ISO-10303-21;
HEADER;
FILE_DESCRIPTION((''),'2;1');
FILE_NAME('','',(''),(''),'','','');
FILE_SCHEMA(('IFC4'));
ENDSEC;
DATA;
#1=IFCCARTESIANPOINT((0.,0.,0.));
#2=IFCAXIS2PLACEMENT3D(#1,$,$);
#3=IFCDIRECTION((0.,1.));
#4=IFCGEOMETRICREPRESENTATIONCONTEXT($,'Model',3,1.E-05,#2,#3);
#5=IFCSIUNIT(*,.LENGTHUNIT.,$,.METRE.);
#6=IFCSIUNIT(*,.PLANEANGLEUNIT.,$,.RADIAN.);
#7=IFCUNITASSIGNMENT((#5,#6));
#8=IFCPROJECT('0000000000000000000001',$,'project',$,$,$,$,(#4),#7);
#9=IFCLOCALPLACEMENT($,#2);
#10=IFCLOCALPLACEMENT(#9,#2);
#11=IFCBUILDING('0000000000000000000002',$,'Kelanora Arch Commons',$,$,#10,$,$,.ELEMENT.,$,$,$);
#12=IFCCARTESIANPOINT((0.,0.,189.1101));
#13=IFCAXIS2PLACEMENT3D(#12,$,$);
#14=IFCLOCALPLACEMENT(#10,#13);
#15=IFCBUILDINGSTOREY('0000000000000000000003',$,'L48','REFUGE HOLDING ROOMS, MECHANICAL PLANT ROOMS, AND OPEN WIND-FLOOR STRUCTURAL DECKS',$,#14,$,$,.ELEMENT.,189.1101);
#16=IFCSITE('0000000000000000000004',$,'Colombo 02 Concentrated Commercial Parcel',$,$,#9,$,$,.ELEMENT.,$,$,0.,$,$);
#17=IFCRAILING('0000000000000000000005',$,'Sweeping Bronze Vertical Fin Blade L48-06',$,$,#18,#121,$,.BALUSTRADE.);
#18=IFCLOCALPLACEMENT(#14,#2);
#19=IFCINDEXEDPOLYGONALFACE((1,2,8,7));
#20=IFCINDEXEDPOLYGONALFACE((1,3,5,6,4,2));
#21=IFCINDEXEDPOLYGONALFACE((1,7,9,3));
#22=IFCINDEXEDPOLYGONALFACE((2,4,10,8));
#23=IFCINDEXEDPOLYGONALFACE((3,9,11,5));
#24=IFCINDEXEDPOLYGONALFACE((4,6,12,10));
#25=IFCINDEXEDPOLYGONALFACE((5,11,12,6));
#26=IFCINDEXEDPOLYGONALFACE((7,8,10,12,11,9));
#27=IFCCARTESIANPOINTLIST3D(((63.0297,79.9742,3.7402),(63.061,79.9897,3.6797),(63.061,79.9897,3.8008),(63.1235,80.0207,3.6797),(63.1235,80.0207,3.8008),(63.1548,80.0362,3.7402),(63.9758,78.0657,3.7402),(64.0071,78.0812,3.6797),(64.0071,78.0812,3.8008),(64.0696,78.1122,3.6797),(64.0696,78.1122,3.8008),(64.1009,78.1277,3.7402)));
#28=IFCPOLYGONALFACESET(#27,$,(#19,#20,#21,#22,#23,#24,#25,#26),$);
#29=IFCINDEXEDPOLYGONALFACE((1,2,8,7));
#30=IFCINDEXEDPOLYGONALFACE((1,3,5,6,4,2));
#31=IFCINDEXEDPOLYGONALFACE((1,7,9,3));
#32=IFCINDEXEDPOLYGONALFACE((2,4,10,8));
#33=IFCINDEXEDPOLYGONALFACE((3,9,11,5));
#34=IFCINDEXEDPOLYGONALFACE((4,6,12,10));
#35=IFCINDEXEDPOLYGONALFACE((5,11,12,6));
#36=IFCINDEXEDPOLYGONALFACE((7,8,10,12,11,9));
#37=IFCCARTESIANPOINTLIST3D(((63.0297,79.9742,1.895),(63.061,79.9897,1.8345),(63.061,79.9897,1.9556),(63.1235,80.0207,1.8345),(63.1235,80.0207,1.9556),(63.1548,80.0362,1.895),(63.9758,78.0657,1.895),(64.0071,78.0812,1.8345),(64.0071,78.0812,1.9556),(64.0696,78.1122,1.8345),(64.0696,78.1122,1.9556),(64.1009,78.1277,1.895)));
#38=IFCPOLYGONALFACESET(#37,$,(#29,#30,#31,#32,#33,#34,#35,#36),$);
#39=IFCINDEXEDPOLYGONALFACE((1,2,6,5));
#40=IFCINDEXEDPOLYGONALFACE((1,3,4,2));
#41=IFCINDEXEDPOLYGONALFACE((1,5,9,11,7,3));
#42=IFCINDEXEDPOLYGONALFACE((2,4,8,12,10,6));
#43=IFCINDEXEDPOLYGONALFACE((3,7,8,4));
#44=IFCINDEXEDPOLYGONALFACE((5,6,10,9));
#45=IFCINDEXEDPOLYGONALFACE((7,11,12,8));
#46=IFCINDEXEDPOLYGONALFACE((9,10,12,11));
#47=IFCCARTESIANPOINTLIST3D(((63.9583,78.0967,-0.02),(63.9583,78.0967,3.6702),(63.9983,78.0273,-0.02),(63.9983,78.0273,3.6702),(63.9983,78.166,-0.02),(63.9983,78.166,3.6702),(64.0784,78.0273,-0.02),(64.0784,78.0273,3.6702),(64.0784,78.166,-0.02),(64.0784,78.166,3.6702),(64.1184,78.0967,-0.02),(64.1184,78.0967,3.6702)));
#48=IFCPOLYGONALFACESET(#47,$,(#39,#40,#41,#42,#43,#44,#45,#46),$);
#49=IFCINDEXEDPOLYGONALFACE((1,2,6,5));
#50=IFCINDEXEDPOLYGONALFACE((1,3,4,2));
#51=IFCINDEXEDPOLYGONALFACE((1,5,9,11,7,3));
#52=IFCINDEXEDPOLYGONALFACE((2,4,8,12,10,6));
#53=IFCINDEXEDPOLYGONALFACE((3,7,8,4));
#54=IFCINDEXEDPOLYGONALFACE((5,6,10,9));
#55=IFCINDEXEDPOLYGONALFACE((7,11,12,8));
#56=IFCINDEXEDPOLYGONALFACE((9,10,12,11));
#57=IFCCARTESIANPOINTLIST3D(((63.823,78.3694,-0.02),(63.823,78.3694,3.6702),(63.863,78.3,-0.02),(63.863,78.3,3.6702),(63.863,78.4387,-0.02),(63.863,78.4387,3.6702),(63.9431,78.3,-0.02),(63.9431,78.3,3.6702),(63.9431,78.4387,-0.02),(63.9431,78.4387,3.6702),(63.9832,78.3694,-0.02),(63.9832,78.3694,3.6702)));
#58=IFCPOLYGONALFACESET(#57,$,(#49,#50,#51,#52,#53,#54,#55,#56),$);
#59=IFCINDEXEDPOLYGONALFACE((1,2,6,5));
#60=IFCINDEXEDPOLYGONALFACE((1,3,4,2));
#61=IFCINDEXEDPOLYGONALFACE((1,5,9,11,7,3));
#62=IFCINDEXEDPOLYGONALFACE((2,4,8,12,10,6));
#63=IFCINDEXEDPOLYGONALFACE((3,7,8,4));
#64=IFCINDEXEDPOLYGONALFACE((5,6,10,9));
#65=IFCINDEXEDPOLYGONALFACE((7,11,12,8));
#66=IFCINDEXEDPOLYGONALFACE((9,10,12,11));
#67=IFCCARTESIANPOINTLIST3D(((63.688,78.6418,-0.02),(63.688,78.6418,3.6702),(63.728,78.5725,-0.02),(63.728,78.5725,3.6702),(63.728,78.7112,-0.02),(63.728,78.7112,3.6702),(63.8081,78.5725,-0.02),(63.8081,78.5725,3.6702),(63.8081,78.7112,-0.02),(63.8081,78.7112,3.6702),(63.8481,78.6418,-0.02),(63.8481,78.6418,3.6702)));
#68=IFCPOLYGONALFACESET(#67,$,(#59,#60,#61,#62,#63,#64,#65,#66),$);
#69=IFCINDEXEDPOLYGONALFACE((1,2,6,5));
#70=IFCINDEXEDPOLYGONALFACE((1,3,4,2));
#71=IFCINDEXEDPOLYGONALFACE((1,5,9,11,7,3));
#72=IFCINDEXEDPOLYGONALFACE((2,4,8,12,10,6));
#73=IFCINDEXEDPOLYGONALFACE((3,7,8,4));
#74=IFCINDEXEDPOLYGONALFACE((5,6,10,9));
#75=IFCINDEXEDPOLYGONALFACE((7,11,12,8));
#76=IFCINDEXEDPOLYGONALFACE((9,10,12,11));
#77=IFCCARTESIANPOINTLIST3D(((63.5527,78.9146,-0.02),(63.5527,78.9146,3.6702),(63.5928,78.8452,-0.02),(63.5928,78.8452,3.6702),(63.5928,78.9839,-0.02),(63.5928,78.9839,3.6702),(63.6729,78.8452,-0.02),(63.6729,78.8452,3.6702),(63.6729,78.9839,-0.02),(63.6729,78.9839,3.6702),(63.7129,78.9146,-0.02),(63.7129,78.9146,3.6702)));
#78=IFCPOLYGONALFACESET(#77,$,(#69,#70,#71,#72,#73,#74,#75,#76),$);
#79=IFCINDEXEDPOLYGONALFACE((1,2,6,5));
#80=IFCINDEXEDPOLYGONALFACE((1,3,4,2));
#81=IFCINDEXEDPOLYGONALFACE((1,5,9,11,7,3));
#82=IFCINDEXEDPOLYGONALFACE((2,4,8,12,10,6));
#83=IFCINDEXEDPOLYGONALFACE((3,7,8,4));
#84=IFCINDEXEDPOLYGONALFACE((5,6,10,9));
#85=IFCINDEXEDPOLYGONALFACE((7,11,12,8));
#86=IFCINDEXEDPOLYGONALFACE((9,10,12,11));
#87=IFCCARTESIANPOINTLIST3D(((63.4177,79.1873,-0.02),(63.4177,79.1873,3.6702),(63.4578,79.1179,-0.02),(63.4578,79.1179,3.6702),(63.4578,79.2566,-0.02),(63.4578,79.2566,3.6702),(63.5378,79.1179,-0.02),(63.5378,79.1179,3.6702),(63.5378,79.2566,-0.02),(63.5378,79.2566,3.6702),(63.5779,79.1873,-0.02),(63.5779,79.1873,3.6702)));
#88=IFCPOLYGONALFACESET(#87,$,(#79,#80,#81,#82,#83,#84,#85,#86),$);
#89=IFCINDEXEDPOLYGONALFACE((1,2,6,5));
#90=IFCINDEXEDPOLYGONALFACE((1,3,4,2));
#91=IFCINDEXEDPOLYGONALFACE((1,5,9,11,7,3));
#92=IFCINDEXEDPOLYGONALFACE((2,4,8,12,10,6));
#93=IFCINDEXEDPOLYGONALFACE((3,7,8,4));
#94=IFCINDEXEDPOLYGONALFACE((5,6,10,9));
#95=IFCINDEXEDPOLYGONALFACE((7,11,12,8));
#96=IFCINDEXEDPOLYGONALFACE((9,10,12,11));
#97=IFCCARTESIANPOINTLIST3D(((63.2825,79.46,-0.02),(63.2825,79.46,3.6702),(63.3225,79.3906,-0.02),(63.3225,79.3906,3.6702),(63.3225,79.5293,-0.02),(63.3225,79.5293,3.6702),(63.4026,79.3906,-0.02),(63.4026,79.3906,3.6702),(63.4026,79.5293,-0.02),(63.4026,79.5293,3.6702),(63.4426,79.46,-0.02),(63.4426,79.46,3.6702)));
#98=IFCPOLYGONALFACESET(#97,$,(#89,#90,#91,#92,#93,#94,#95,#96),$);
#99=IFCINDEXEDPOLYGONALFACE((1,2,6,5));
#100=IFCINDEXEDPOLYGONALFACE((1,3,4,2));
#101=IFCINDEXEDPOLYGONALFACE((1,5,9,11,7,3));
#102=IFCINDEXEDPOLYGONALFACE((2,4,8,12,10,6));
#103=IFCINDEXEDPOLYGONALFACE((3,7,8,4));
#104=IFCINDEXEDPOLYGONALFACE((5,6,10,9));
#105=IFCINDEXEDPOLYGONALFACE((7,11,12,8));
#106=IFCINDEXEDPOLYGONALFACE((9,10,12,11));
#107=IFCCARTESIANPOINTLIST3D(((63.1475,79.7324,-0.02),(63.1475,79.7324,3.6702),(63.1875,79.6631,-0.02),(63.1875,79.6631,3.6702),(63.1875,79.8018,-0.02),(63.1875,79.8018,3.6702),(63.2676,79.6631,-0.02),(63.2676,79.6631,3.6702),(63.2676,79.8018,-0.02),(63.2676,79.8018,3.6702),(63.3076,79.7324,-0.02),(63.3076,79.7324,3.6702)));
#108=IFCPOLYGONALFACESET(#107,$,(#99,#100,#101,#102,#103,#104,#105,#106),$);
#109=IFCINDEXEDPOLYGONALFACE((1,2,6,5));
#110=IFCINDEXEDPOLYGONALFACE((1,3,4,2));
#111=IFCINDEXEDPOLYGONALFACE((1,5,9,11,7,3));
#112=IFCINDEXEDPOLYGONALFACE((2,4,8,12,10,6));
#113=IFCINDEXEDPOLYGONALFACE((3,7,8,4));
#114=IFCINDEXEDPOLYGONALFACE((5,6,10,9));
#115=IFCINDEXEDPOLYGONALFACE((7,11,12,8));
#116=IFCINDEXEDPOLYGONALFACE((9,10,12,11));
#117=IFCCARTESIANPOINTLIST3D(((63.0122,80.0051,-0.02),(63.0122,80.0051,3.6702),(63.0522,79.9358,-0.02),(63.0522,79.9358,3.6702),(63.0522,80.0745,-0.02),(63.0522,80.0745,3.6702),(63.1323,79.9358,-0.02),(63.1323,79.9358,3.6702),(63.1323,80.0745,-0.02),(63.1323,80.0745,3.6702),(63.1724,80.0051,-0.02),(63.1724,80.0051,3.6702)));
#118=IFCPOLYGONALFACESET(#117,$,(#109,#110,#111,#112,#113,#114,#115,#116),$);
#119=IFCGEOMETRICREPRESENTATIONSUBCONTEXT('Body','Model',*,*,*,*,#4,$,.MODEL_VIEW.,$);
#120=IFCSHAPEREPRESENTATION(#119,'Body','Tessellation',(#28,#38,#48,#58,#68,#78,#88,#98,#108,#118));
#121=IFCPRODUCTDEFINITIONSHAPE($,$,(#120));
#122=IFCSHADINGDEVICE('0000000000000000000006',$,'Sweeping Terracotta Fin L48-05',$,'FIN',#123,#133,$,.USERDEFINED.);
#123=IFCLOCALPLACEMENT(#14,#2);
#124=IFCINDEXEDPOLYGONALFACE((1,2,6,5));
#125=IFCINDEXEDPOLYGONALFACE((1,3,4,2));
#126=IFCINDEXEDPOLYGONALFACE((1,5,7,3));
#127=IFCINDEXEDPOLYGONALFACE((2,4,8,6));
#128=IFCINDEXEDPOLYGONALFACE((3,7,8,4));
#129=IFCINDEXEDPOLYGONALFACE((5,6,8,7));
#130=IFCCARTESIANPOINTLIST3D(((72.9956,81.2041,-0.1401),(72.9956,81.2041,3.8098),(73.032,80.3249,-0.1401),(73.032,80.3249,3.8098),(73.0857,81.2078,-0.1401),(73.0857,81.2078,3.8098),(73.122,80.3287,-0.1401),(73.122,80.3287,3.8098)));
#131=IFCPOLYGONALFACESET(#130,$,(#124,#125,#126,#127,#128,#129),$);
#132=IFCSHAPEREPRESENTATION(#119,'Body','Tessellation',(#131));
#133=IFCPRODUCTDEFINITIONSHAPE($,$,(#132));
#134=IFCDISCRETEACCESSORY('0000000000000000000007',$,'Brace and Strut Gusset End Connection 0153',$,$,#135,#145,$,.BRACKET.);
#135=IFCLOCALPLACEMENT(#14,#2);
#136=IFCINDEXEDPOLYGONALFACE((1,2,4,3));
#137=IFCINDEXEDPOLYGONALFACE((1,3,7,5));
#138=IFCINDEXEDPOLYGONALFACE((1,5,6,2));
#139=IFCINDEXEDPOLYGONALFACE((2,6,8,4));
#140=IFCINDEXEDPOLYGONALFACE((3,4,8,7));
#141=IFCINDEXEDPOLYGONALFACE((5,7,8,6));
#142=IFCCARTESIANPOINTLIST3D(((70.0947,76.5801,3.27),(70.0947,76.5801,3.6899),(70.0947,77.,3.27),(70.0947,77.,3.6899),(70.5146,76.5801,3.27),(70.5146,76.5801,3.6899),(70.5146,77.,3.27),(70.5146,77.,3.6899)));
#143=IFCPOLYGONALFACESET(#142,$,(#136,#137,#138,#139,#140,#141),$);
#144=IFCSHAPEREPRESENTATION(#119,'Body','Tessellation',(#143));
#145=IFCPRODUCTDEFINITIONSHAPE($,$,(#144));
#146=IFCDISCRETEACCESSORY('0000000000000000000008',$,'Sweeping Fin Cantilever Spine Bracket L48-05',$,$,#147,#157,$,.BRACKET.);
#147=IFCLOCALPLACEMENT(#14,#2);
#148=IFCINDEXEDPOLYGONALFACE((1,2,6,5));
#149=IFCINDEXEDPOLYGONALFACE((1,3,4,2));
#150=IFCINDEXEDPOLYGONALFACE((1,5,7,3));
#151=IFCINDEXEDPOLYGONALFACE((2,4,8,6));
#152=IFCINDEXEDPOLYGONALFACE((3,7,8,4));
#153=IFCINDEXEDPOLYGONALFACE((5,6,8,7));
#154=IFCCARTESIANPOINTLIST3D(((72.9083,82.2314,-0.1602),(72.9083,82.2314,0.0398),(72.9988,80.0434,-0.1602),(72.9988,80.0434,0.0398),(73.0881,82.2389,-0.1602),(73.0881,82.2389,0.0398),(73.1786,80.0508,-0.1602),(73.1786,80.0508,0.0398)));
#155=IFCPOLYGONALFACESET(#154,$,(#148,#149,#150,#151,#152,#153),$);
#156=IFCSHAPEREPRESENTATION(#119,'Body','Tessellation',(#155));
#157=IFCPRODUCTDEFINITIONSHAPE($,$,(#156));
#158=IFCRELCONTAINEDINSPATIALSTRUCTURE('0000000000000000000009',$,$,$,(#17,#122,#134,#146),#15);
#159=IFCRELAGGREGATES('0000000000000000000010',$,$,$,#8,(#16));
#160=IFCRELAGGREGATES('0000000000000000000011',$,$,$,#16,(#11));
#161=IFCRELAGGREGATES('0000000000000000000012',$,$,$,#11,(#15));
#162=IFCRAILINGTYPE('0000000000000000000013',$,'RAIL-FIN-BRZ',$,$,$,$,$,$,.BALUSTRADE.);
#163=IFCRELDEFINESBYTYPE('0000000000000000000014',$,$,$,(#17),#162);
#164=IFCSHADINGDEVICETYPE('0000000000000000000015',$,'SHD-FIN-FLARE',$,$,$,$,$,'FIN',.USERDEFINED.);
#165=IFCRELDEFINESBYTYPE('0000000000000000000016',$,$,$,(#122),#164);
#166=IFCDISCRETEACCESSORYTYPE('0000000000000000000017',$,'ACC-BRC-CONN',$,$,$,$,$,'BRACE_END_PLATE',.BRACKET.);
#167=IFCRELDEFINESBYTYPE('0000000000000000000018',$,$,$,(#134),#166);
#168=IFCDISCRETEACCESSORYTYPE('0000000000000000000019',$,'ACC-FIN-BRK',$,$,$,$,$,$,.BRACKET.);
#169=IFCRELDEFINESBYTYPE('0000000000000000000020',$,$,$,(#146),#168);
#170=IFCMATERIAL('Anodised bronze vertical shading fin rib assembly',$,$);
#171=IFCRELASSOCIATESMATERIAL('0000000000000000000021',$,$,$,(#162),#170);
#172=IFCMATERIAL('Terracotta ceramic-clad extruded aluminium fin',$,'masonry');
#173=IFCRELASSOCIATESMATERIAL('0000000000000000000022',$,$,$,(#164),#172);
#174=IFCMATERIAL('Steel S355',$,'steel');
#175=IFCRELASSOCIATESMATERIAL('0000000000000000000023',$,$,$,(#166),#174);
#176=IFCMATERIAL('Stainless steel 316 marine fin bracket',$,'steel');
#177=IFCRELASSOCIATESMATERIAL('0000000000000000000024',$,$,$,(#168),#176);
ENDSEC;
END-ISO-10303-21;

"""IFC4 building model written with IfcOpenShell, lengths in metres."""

from ifc_helpers import new_model, si_unit, direction, frame, origin, origin_2d, place, context, subcontext, project, spatial, polyline, rectangle, outline, extrude, source, transform, mapped, material, type_object, element, save


model = new_model("IFC4")

# Units and contexts
model_context = context("Model", 3, precision=1e-05, world=origin(), true_north=direction((0.0, 1.0)))
body_context = subcontext(model_context, "Body", "Model", "MODEL_VIEW")
ifc_project = project(units=[si_unit("LENGTHUNIT", "METRE"), si_unit("PLANEANGLEUNIT", "RADIAN")], contexts=[model_context])

# Site, building, storey
site_placement = place(None, origin())
site = spatial("IfcSite", under=ifc_project, at=site_placement, Name="Colombo 02 Concentrated Commercial Parcel", CompositionType="ELEMENT", RefElevation=0.0)
building_placement = place(site_placement, origin())
building = spatial("IfcBuilding", under=site, at=building_placement, Name="Kelanora Arch Commons", CompositionType="ELEMENT")
storey_placement = place(building_placement, frame((0.0, 0.0, 189.1101)))
storey = spatial("IfcBuildingStorey", under=building, at=storey_placement, Name="L48", Description="REFUGE HOLDING ROOMS, MECHANICAL PLANT ROOMS, AND OPEN WIND-FLOOR STRUCTURAL DECKS", CompositionType="ELEMENT", Elevation=189.1101)

# Shared definitions
ifc_material_1 = material(Name="Steel S355", Category="steel")

# Railing
ifc_material_2 = material(Name="Anodised bronze vertical shading fin rib assembly")
railing_type = type_object("IfcRailingType", Name="RAIL-FIN-BRZ", PredefinedType="BALUSTRADE", material=ifc_material_2)
railing_1_placement = place(storey_placement, frame((64.0383, 78.0967, -0.02)))
element("IfcRailing", 1, at=railing_1_placement, inside=storey, type_object=railing_type, Name="Sweeping Bronze Vertical Fin Blade L48-06", PredefinedType="BALUSTRADE", context=body_context, shape_type="SweptSolid", body=[
    extrude(outline(polyline([(0.0698, 0.0), (0.0349, 0.0605), (-0.0349, 0.0605), (-0.0698, 0.0), (-0.0349, -0.0605), (0.0349, -0.0605), (0.0698, 0.0)])), frame((0.0, 0.0, 3.7603), z_axis=(-0.444139, 0.895958, 0.0), x_axis=(-0.895958, -0.444139, 0.0)), (0.0, 0.0, 1.0), 2.1301),
    extrude(outline(polyline([(0.0698, 0.0), (0.0349, 0.0605), (-0.0349, 0.0605), (-0.0698, 0.0), (-0.0349, -0.0605), (0.0349, -0.0605), (0.0698, 0.0)])), frame((0.0, 0.0, 1.915), z_axis=(-0.444139, 0.895958, 0.0), x_axis=(-0.895958, -0.444139, 0.0)), (0.0, 0.0, 1.0), 2.1301),
    extrude(outline(polyline([(0.0801, 0.0), (0.04, 0.0693), (-0.04, 0.0693), (-0.0801, 0.0), (-0.04, -0.0693), (0.04, -0.0693), (0.0801, 0.0)])), origin(), (0.0, 0.0, 1.0), 3.6902),
    extrude(outline(polyline([(0.0801, 0.0), (0.04, 0.0693), (-0.04, 0.0693), (-0.0801, 0.0), (-0.04, -0.0693), (0.04, -0.0693), (0.0801, 0.0)])), frame((-0.1353, 0.2727, 0.0)), (0.0, 0.0, 1.0), 3.6902),
    extrude(outline(polyline([(0.0801, 0.0), (0.04, 0.0693), (-0.04, 0.0693), (-0.0801, 0.0), (-0.04, -0.0693), (0.04, -0.0693), (0.0801, 0.0)])), frame((-0.2703, 0.5452, 0.0)), (0.0, 0.0, 1.0), 3.6902),
    extrude(outline(polyline([(0.0801, 0.0), (0.04, 0.0693), (-0.04, 0.0693), (-0.0801, 0.0), (-0.04, -0.0693), (0.04, -0.0693), (0.0801, 0.0)])), frame((-0.4055, 0.8179, 0.0)), (0.0, 0.0, 1.0), 3.6902),
    extrude(outline(polyline([(0.0801, 0.0), (0.04, 0.0693), (-0.04, 0.0693), (-0.0801, 0.0), (-0.04, -0.0693), (0.04, -0.0693), (0.0801, 0.0)])), frame((-0.5405, 1.0906, 0.0)), (0.0, 0.0, 1.0), 3.6902),
    extrude(outline(polyline([(0.0801, 0.0), (0.04, 0.0693), (-0.04, 0.0693), (-0.0801, 0.0), (-0.04, -0.0693), (0.04, -0.0693), (0.0801, 0.0)])), frame((-0.6758, 1.3633, 0.0)), (0.0, 0.0, 1.0), 3.6902),
    extrude(outline(polyline([(0.0801, 0.0), (0.04, 0.0693), (-0.04, 0.0693), (-0.0801, 0.0), (-0.04, -0.0693), (0.04, -0.0693), (0.0801, 0.0)])), frame((-0.8108, 1.6357, 0.0)), (0.0, 0.0, 1.0), 3.6902),
    extrude(outline(polyline([(0.0801, 0.0), (0.04, 0.0693), (-0.04, 0.0693), (-0.0801, 0.0), (-0.04, -0.0693), (0.04, -0.0693), (0.0801, 0.0)])), frame((-0.946, 1.9084, 0.0)), (0.0, 0.0, 1.0), 3.6902),
])

# Shading device
ifc_material_3 = material(Name="Terracotta ceramic-clad extruded aluminium fin", Category="masonry")
shading_device_type = type_object("IfcShadingDeviceType", Name="SHD-FIN-FLARE", ElementType="FIN", PredefinedType="USERDEFINED", material=ifc_material_3)
shared_shape_1 = source(origin(), body_context, "Body", "SweptSolid", [
    extrude(rectangle(XDim=0.8799, YDim=0.0901, at=origin_2d()), origin(), (0.0, 0.0, 1.0), 3.95),
])
shading_device_placement = place(storey_placement, frame((73.0588, 80.7664, -0.1401), z_axis=(0.0, 0.0, 1.0), x_axis=(-0.041353, 0.999145, 0.0)))
element("IfcShadingDevice", 2, at=shading_device_placement, inside=storey, type_object=shading_device_type, Name="Sweeping Terracotta Fin L48-05", ObjectType="FIN", PredefinedType="USERDEFINED", context=body_context, shape_type="MappedRepresentation", body=[
    mapped(shared_shape_1, transform((0.0, 0.0, 0.0), scale=1.0)),
])

# Discrete accessories
discrete_accessory_type_1 = type_object("IfcDiscreteAccessoryType", Name="ACC-BRC-CONN", ElementType="BRACE_END_PLATE", PredefinedType="BRACKET", material=ifc_material_1)
shared_shape_2 = source(origin(), body_context, "Body", "SweptSolid", [
    extrude(rectangle(XDim=0.4199, YDim=0.4199, at=origin_2d()), origin(), (0.0, 0.0, 1.0), 0.4199),
])
discrete_accessory_1_placement = place(storey_placement, frame((70.3047, 76.79, 3.27), z_axis=(0.0, 0.0, 1.0), x_axis=(-1.0, 0.0, 0.0)))
element("IfcDiscreteAccessory", 3, at=discrete_accessory_1_placement, inside=storey, type_object=discrete_accessory_type_1, Name="Brace and Strut Gusset End Connection 0153", PredefinedType="BRACKET", context=body_context, shape_type="MappedRepresentation", body=[
    mapped(shared_shape_2, transform((0.0, 0.0, 0.0), scale=1.0)),
])
ifc_material_4 = material(Name="Stainless steel 316 marine fin bracket", Category="steel")
discrete_accessory_type_2 = type_object("IfcDiscreteAccessoryType", Name="ACC-FIN-BRK", PredefinedType="BRACKET", material=ifc_material_4)
shared_shape_3 = source(origin(), body_context, "Body", "SweptSolid", [
    extrude(rectangle(XDim=2.1899, YDim=0.1799, at=origin_2d()), origin(), (0.0, 0.0, 1.0), 0.2),
])
discrete_accessory_2_placement = place(storey_placement, frame((73.0435, 81.1411, -0.1602), z_axis=(0.0, 0.0, 1.0), x_axis=(-0.041353, 0.999145, 0.0)))
element("IfcDiscreteAccessory", 4, at=discrete_accessory_2_placement, inside=storey, type_object=discrete_accessory_type_2, Name="Sweeping Fin Cantilever Spine Bracket L48-05", PredefinedType="BRACKET", context=body_context, shape_type="MappedRepresentation", body=[
    mapped(shared_shape_3, transform((0.0, 0.0, 0.0), scale=1.0)),
])

save(model, "model.ifc")
